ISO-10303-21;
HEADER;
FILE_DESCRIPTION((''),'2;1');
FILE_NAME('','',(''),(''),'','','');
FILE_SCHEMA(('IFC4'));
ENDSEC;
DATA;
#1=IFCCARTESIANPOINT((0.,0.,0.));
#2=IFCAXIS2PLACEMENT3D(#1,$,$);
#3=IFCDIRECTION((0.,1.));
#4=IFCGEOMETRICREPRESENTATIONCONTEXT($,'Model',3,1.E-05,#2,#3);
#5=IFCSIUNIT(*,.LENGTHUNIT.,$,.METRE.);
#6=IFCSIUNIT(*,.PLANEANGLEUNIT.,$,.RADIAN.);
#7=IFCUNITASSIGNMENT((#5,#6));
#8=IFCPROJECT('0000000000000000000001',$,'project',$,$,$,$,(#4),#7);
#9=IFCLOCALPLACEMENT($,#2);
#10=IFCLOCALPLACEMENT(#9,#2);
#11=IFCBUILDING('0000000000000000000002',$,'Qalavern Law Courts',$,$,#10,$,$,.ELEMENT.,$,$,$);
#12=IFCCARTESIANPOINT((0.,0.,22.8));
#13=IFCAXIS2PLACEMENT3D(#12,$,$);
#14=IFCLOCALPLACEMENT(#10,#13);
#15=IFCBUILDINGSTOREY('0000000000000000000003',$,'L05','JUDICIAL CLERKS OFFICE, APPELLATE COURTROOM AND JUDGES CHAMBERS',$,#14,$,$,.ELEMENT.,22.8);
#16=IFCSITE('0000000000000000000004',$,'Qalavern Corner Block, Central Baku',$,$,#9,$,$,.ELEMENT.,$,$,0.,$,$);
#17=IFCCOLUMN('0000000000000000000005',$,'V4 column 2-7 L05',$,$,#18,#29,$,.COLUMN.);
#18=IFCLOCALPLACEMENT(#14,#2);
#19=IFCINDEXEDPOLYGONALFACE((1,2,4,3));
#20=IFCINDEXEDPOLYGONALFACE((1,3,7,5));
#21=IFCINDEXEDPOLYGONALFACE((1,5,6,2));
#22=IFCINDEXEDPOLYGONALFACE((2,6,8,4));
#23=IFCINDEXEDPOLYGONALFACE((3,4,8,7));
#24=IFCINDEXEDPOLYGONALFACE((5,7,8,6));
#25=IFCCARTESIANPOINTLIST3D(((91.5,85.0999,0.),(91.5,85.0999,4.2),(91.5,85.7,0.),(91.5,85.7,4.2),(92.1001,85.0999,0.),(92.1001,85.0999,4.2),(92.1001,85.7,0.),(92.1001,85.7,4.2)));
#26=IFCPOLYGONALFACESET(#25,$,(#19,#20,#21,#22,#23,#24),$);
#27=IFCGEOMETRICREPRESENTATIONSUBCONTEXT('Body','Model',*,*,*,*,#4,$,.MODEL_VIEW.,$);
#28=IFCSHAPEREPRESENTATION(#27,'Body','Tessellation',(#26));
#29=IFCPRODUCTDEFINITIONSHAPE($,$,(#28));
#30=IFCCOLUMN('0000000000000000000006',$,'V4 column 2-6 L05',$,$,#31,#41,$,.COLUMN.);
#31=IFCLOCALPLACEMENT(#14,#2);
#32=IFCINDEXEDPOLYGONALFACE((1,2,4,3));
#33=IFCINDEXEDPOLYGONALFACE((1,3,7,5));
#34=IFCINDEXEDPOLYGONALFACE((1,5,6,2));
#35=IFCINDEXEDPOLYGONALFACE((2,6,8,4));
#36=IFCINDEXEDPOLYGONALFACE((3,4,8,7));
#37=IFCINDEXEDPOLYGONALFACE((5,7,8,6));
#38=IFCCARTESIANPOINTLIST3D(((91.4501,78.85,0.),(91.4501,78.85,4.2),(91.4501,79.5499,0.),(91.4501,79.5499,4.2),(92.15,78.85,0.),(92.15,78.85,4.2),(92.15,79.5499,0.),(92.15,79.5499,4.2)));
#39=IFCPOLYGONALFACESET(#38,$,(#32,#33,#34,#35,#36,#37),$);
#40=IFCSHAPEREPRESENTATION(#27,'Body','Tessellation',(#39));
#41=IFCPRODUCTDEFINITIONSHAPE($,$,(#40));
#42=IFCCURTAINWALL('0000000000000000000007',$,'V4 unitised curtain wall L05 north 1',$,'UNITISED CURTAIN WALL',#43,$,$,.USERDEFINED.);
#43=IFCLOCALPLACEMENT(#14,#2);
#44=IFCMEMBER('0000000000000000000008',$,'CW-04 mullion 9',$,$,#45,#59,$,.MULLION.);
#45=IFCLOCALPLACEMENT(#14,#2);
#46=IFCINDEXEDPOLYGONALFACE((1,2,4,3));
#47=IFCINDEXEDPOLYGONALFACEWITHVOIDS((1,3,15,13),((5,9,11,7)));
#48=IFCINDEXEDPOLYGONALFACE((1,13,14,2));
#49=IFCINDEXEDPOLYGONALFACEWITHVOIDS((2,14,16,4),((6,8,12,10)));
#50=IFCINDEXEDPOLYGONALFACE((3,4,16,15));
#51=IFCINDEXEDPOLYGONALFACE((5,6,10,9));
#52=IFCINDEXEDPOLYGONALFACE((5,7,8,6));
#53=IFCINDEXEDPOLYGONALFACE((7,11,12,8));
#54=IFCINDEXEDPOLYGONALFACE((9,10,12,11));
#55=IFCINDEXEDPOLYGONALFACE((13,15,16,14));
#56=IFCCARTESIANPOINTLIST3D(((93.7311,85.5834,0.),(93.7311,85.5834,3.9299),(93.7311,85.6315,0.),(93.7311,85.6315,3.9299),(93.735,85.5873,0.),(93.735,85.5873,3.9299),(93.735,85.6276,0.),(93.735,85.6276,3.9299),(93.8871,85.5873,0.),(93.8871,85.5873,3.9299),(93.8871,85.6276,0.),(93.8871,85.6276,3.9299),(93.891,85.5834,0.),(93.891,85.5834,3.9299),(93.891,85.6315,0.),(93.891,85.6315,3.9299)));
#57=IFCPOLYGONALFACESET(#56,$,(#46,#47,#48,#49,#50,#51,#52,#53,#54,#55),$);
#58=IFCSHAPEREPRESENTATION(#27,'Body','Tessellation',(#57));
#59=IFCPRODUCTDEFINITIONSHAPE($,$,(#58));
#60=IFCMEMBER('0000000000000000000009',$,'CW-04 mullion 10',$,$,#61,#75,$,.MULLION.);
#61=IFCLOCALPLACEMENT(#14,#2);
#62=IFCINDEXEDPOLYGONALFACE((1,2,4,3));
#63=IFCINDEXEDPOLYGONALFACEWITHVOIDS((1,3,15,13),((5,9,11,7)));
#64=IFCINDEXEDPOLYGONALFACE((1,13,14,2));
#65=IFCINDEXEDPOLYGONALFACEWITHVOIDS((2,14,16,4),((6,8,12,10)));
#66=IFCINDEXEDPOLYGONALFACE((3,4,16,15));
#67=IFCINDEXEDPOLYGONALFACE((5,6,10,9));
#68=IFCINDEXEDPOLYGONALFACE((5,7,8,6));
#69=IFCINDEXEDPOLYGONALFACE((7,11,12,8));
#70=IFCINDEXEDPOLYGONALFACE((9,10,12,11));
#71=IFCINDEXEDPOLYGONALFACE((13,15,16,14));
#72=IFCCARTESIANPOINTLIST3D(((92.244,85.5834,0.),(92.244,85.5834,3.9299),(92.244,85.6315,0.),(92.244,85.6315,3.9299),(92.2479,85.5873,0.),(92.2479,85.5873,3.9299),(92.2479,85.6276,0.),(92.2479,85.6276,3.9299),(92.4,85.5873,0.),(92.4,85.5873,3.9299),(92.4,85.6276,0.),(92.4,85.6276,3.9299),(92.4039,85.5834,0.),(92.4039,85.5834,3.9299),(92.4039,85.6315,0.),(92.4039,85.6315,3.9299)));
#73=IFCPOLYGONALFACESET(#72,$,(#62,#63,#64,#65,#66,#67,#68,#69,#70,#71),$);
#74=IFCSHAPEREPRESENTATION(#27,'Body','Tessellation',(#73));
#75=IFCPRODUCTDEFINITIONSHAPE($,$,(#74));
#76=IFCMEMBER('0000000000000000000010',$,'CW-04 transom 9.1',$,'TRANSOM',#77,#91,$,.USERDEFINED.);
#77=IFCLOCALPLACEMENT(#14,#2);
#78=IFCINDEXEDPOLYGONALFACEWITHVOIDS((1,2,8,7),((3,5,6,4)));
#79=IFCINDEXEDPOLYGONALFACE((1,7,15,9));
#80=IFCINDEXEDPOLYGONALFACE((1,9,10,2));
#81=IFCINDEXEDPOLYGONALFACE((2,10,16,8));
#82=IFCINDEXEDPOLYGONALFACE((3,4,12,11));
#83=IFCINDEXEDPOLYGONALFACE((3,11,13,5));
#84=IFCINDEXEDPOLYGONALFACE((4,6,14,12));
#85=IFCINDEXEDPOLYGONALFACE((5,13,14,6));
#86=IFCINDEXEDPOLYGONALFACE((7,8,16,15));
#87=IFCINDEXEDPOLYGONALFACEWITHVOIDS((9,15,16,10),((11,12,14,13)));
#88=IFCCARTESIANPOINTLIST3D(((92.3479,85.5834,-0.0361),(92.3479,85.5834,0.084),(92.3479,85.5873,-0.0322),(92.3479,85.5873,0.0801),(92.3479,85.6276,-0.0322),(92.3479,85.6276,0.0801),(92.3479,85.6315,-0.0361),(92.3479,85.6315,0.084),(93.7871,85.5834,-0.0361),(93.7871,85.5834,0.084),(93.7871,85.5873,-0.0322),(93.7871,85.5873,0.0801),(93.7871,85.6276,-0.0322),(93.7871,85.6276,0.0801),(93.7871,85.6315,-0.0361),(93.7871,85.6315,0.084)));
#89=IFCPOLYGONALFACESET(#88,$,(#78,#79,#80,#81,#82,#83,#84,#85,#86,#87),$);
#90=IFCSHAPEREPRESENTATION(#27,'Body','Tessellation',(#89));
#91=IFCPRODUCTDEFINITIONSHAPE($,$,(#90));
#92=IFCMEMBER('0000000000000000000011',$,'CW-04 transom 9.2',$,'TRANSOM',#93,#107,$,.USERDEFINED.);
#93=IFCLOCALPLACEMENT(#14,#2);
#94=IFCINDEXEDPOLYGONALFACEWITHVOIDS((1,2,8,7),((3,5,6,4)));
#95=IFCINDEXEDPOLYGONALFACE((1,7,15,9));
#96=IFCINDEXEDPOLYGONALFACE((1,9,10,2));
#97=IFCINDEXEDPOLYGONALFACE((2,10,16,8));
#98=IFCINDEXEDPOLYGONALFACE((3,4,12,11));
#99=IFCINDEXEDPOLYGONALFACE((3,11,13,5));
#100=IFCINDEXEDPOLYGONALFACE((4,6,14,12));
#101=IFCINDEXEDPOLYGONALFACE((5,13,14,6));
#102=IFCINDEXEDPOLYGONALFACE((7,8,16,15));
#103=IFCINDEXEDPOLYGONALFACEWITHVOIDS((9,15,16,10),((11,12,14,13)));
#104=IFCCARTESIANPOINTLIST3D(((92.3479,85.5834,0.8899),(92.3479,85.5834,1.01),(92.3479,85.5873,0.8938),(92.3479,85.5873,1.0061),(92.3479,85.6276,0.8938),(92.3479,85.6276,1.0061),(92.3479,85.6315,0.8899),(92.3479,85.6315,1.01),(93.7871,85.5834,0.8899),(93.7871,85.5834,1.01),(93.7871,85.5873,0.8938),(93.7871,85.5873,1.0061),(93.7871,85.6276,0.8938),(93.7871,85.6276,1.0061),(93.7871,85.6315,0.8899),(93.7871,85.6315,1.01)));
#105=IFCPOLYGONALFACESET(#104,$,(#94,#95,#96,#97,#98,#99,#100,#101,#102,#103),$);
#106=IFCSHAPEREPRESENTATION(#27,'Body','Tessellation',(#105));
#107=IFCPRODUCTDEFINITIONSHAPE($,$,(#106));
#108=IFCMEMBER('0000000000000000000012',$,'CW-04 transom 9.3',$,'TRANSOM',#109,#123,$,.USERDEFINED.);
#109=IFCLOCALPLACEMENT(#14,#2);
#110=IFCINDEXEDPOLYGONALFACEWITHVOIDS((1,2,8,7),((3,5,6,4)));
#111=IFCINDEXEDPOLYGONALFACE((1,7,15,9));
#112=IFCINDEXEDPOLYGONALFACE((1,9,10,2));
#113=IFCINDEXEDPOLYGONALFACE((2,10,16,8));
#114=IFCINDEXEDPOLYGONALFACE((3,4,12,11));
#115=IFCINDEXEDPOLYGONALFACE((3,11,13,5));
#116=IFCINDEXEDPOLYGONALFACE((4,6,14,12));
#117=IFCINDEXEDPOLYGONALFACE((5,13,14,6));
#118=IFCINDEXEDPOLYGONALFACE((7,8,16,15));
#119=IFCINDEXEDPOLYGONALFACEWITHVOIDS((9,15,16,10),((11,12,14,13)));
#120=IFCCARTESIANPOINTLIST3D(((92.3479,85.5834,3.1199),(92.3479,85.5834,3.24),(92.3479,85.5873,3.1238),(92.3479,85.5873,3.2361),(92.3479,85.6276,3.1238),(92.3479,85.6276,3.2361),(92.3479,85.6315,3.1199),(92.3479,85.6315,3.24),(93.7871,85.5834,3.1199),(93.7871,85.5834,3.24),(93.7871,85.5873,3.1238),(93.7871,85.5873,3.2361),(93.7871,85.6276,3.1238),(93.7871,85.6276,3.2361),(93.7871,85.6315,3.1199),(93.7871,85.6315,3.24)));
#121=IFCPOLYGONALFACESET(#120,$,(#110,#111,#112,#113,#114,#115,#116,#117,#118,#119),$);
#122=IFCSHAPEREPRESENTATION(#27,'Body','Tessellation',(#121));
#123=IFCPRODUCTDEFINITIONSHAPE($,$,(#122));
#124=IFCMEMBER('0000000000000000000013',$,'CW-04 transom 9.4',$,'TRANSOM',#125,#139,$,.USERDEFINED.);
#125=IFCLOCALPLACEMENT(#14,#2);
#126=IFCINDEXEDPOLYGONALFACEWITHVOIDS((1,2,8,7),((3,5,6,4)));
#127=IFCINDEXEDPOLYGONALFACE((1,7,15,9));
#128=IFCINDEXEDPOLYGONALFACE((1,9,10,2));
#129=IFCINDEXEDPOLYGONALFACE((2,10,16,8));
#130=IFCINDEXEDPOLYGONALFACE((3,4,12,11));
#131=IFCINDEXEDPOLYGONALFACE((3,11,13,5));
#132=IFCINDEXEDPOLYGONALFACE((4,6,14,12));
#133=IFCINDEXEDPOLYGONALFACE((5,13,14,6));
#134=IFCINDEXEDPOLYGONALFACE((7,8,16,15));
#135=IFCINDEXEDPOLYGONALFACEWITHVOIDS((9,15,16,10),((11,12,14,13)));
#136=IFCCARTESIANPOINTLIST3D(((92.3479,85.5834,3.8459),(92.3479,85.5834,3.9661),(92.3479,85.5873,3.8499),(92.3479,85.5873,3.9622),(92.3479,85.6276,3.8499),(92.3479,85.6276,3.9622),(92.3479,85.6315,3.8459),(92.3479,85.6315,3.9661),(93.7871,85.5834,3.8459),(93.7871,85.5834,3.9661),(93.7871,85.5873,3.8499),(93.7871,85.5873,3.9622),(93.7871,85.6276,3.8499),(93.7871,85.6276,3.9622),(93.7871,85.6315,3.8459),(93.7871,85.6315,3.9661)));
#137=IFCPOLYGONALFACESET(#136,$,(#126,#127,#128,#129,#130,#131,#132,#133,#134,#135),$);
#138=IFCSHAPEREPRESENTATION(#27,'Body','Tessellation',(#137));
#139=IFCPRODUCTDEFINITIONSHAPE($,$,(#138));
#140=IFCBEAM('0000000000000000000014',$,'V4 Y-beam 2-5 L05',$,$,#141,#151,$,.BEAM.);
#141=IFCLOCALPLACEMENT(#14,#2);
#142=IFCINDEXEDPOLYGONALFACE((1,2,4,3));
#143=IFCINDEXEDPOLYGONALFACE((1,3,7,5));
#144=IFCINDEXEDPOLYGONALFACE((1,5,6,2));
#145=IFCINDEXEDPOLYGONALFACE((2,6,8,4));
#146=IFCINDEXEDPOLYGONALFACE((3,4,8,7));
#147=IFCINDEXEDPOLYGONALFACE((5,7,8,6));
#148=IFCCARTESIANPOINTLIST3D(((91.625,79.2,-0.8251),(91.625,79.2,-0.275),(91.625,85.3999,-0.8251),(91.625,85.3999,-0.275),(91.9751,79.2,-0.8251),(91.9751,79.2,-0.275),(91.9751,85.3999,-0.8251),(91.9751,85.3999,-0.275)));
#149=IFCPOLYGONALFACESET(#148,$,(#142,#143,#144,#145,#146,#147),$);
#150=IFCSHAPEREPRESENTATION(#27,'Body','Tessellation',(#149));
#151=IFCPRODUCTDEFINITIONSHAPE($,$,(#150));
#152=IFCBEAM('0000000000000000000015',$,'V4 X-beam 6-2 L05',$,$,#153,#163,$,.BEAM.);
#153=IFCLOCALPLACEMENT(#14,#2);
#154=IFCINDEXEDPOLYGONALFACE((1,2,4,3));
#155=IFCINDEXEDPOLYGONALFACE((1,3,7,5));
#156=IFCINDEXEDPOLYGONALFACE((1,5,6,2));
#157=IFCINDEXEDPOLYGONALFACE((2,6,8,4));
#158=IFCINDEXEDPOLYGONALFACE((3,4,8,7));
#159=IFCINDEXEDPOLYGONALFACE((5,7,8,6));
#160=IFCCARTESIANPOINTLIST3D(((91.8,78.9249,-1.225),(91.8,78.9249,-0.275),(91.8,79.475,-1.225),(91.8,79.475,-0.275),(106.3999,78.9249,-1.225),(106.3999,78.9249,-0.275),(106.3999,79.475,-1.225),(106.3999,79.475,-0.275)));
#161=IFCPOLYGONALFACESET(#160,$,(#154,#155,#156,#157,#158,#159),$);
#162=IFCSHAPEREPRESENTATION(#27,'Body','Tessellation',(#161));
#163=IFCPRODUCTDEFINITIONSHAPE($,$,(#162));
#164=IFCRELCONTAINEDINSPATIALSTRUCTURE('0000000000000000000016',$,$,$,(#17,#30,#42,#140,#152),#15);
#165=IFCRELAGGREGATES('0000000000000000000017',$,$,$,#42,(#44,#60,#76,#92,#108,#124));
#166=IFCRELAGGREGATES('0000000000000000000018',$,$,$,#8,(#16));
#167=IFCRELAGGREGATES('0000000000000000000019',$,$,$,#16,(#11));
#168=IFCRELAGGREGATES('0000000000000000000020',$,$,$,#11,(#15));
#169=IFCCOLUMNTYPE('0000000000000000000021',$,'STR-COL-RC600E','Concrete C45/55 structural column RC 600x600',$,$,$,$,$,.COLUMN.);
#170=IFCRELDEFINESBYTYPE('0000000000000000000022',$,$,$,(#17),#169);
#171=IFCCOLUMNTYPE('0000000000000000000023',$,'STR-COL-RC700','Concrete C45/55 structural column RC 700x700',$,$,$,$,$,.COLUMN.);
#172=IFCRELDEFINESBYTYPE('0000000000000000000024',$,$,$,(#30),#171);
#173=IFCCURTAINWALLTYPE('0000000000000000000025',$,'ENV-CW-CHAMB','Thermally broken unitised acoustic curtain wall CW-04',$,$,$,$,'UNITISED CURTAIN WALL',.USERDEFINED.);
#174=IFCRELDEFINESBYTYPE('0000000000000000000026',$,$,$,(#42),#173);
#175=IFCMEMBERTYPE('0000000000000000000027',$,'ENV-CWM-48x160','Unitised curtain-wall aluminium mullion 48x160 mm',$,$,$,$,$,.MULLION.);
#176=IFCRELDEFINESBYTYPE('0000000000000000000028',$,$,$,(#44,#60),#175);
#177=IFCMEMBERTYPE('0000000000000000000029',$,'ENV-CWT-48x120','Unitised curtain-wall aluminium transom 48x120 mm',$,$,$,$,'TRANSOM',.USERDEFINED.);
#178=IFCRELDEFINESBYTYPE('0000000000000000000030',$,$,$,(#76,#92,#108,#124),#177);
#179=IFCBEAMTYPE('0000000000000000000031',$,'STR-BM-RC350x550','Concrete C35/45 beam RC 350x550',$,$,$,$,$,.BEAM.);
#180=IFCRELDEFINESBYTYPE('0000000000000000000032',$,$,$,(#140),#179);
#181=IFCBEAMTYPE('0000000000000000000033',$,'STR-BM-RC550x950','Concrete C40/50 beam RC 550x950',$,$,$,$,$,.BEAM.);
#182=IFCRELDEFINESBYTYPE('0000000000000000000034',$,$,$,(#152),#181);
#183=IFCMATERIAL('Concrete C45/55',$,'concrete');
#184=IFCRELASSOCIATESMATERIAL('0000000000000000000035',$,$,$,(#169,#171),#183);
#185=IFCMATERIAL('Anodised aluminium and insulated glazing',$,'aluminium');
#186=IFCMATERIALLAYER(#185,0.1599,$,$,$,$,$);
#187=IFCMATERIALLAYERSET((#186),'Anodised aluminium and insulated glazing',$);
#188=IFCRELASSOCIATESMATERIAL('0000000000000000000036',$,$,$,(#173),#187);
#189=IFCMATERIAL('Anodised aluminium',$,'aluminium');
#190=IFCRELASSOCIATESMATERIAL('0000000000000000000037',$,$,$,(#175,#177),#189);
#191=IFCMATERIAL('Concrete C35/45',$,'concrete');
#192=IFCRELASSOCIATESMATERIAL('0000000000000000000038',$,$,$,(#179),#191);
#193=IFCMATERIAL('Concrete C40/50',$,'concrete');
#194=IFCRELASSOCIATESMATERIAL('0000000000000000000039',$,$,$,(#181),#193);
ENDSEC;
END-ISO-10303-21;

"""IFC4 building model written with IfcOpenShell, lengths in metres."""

from ifc_helpers import new_model, si_unit, direction, frame, origin, origin_2d, place, context, subcontext, project, spatial, rectangle, hollow_rectangle, extrude, material, layer, layer_set, material_profile, profile_set, type_object, element, aggregate, save


model = new_model("IFC4")

# Units and contexts
model_context = context("Model", 3, precision=1e-05, world=origin(), true_north=direction((0.0, 1.0)))
body_context = subcontext(model_context, "Body", "Model", "MODEL_VIEW")
ifc_project = project(units=[si_unit("LENGTHUNIT", "METRE"), si_unit("PLANEANGLEUNIT", "RADIAN")], contexts=[model_context])

# Site, building, storey
site_placement = place(None, origin())
site = spatial("IfcSite", under=ifc_project, at=site_placement, Name="Qalavern Corner Block, Central Baku", CompositionType="ELEMENT", RefElevation=0.0)
building_placement = place(site_placement, origin())
building = spatial("IfcBuilding", under=site, at=building_placement, Name="Qalavern Law Courts", CompositionType="ELEMENT")
storey_placement = place(building_placement, frame((0.0, 0.0, 22.8)))
storey = spatial("IfcBuildingStorey", under=building, at=storey_placement, Name="L05", Description="JUDICIAL CLERKS OFFICE, APPELLATE COURTROOM AND JUDGES CHAMBERS", CompositionType="ELEMENT", Elevation=22.8)

# Columns
ifc_material_1 = material(Name="Concrete C45/55", Category="concrete")
ifc_material_profile_1 = material_profile(ifc_material_1, rectangle(XDim=0.6001, YDim=0.6001, at=origin_2d()), Name="RC 600x600")
ifc_profile_set_1 = profile_set([ifc_material_profile_1], Name="Concrete C45/55")
column_type_1 = type_object("IfcColumnType", Name="STR-COL-RC600E", Description="Concrete C45/55 structural column RC 600x600", PredefinedType="COLUMN", material=ifc_profile_set_1)
column_1_placement = place(storey_placement, frame((91.8, 85.3999, 0.0), z_axis=(0.0, 0.0, 1.0), x_axis=(1.0, 0.0, 0.0)))
element("IfcColumn", 1, at=column_1_placement, inside=storey, type_object=column_type_1, Name="V4 column 2-7 L05", PredefinedType="COLUMN", context=body_context, shape_type="SweptSolid", body=[
    extrude(rectangle(XDim=0.6001, YDim=0.6001, at=origin_2d()), origin(), (0.0, 0.0, 1.0), 4.2),
])
ifc_material_profile_2 = material_profile(ifc_material_1, rectangle(XDim=0.7, YDim=0.7, at=origin_2d()), Name="RC 700x700")
ifc_profile_set_2 = profile_set([ifc_material_profile_2], Name="Concrete C45/55")
column_type_2 = type_object("IfcColumnType", Name="STR-COL-RC700", Description="Concrete C45/55 structural column RC 700x700", PredefinedType="COLUMN", material=ifc_profile_set_2)
column_2_placement = place(storey_placement, frame((91.8, 79.2, 0.0), z_axis=(0.0, 0.0, 1.0), x_axis=(1.0, 0.0, 0.0)))
element("IfcColumn", 2, at=column_2_placement, inside=storey, type_object=column_type_2, Name="V4 column 2-6 L05", PredefinedType="COLUMN", context=body_context, shape_type="SweptSolid", body=[
    extrude(rectangle(XDim=0.7, YDim=0.7, at=origin_2d()), origin(), (0.0, 0.0, 1.0), 4.2),
])

# Curtain wall, members
ifc_material_2 = material(Name="Anodised aluminium and insulated glazing", Category="aluminium")
ifc_layer_1 = layer(ifc_material_2, 0.1599)
ifc_layer_set_1 = layer_set([ifc_layer_1], Name="Anodised aluminium and insulated glazing")
curtain_wall_type = type_object("IfcCurtainWallType", Name="ENV-CW-CHAMB", Description="Thermally broken unitised acoustic curtain wall CW-04", ElementType="UNITISED CURTAIN WALL", PredefinedType="USERDEFINED", material=ifc_layer_set_1)
curtain_wall_placement = place(storey_placement, origin())
curtain_wall = element("IfcCurtainWall", 3, at=curtain_wall_placement, inside=storey, type_object=curtain_wall_type, Name="V4 unitised curtain wall L05 north 1", ObjectType="UNITISED CURTAIN WALL", PredefinedType="USERDEFINED")
ifc_material_3 = material(Name="Anodised aluminium", Category="aluminium")
ifc_material_profile_3 = material_profile(ifc_material_3, hollow_rectangle(XDim=0.0481, YDim=0.1599, WallThickness=0.0039, at=origin_2d()), Name="ALU MULLION 48x160")
ifc_profile_set_3 = profile_set([ifc_material_profile_3], Name="Anodised aluminium")
member_type_1 = type_object("IfcMemberType", Name="ENV-CWM-48x160", Description="Unitised curtain-wall aluminium mullion 48x160 mm", PredefinedType="MULLION", material=ifc_profile_set_3)
member_1_placement = place(storey_placement, frame((93.811, 85.6074, 0.0), z_axis=(0.0, 0.0, 1.0), x_axis=(0.0, -1.0, 0.0)))
member_1 = element("IfcMember", 4, at=member_1_placement, type_object=member_type_1, Name="CW-04 mullion 9", PredefinedType="MULLION", context=body_context, shape_type="SweptSolid", body=[
    extrude(hollow_rectangle(XDim=0.0481, YDim=0.1599, WallThickness=0.0039, at=origin_2d()), origin(), (0.0, 0.0, 1.0), 3.9299),
])
member_2_placement = place(storey_placement, frame((92.324, 85.6074, 0.0), z_axis=(0.0, 0.0, 1.0), x_axis=(0.0, -1.0, 0.0)))
member_2 = element("IfcMember", 5, at=member_2_placement, type_object=member_type_1, Name="CW-04 mullion 10", PredefinedType="MULLION", context=body_context, shape_type="SweptSolid", body=[
    extrude(hollow_rectangle(XDim=0.0481, YDim=0.1599, WallThickness=0.0039, at=origin_2d()), origin(), (0.0, 0.0, 1.0), 3.9299),
])
ifc_material_profile_4 = material_profile(ifc_material_3, hollow_rectangle(XDim=0.0481, YDim=0.1201, WallThickness=0.0039, at=origin_2d()), Name="ALU TRANSOM 48x120")
ifc_profile_set_4 = profile_set([ifc_material_profile_4], Name="Anodised aluminium")
member_type_2 = type_object("IfcMemberType", Name="ENV-CWT-48x120", Description="Unitised curtain-wall aluminium transom 48x120 mm", ElementType="TRANSOM", PredefinedType="USERDEFINED", material=ifc_profile_set_4)
member_3_placement = place(storey_placement, frame((93.7871, 85.6074, 0.0239), z_axis=(-1.0, 0.0, 0.0), x_axis=(0.0, -1.0, 0.0)))
member_3 = element("IfcMember", 6, at=member_3_placement, type_object=member_type_2, Name="CW-04 transom 9.1", ObjectType="TRANSOM", PredefinedType="USERDEFINED", context=body_context, shape_type="SweptSolid", body=[
    extrude(hollow_rectangle(XDim=0.0481, YDim=0.1201, WallThickness=0.0039, at=origin_2d()), origin(), (0.0, 0.0, 1.0), 1.4392),
])
member_4_placement = place(storey_placement, frame((93.7871, 85.6074, 0.95), z_axis=(-1.0, 0.0, 0.0), x_axis=(0.0, -1.0, 0.0)))
member_4 = element("IfcMember", 7, at=member_4_placement, type_object=member_type_2, Name="CW-04 transom 9.2", ObjectType="TRANSOM", PredefinedType="USERDEFINED", context=body_context, shape_type="SweptSolid", body=[
    extrude(hollow_rectangle(XDim=0.0481, YDim=0.1201, WallThickness=0.0039, at=origin_2d()), origin(), (0.0, 0.0, 1.0), 1.4392),
])
member_5_placement = place(storey_placement, frame((93.7871, 85.6074, 3.1799), z_axis=(-1.0, 0.0, 0.0), x_axis=(0.0, -1.0, 0.0)))
member_5 = element("IfcMember", 8, at=member_5_placement, type_object=member_type_2, Name="CW-04 transom 9.3", ObjectType="TRANSOM", PredefinedType="USERDEFINED", context=body_context, shape_type="SweptSolid", body=[
    extrude(hollow_rectangle(XDim=0.0481, YDim=0.1201, WallThickness=0.0039, at=origin_2d()), origin(), (0.0, 0.0, 1.0), 1.4392),
])
member_6_placement = place(storey_placement, frame((93.7871, 85.6074, 3.906), z_axis=(-1.0, 0.0, 0.0), x_axis=(0.0, -1.0, 0.0)))
member_6 = element("IfcMember", 9, at=member_6_placement, type_object=member_type_2, Name="CW-04 transom 9.4", ObjectType="TRANSOM", PredefinedType="USERDEFINED", context=body_context, shape_type="SweptSolid", body=[
    extrude(hollow_rectangle(XDim=0.0481, YDim=0.1201, WallThickness=0.0039, at=origin_2d()), origin(), (0.0, 0.0, 1.0), 1.4392),
])

# Beams
ifc_material_4 = material(Name="Concrete C35/45", Category="concrete")
ifc_material_profile_5 = material_profile(ifc_material_4, rectangle(XDim=0.3501, YDim=0.55, at=origin_2d()), Name="RC 350x550")
ifc_profile_set_5 = profile_set([ifc_material_profile_5], Name="Concrete C35/45")
beam_type_1 = type_object("IfcBeamType", Name="STR-BM-RC350x550", Description="Concrete C35/45 beam RC 350x550", PredefinedType="BEAM", material=ifc_profile_set_5)
beam_1_placement = place(storey_placement, frame((91.8, 79.2, -0.55), z_axis=(0.0, 1.0, 0.0), x_axis=(-1.0, 0.0, 0.0)))
element("IfcBeam", 10, at=beam_1_placement, inside=storey, type_object=beam_type_1, Name="V4 Y-beam 2-5 L05", PredefinedType="BEAM", context=body_context, shape_type="SweptSolid", body=[
    extrude(rectangle(XDim=0.3501, YDim=0.55, at=origin_2d()), origin(), (0.0, 0.0, 1.0), 6.2),
])
ifc_material_5 = material(Name="Concrete C40/50", Category="concrete")
ifc_material_profile_6 = material_profile(ifc_material_5, rectangle(XDim=0.55, YDim=0.95, at=origin_2d()), Name="RC 550x950")
ifc_profile_set_6 = profile_set([ifc_material_profile_6], Name="Concrete C40/50")
beam_type_2 = type_object("IfcBeamType", Name="STR-BM-RC550x950", Description="Concrete C40/50 beam RC 550x950", PredefinedType="BEAM", material=ifc_profile_set_6)
beam_2_placement = place(storey_placement, frame((91.8, 79.2, -0.75), z_axis=(1.0, 0.0, 0.0), x_axis=(0.0, 1.0, 0.0)))
element("IfcBeam", 11, at=beam_2_placement, inside=storey, type_object=beam_type_2, Name="V4 X-beam 6-2 L05", PredefinedType="BEAM", context=body_context, shape_type="SweptSolid", body=[
    extrude(rectangle(XDim=0.55, YDim=0.95, at=origin_2d()), origin(), (0.0, 0.0, 1.0), 14.5999),
])

aggregate(curtain_wall, [member_1, member_2, member_3, member_4, member_5, member_6])

save(model, "model.ifc")
